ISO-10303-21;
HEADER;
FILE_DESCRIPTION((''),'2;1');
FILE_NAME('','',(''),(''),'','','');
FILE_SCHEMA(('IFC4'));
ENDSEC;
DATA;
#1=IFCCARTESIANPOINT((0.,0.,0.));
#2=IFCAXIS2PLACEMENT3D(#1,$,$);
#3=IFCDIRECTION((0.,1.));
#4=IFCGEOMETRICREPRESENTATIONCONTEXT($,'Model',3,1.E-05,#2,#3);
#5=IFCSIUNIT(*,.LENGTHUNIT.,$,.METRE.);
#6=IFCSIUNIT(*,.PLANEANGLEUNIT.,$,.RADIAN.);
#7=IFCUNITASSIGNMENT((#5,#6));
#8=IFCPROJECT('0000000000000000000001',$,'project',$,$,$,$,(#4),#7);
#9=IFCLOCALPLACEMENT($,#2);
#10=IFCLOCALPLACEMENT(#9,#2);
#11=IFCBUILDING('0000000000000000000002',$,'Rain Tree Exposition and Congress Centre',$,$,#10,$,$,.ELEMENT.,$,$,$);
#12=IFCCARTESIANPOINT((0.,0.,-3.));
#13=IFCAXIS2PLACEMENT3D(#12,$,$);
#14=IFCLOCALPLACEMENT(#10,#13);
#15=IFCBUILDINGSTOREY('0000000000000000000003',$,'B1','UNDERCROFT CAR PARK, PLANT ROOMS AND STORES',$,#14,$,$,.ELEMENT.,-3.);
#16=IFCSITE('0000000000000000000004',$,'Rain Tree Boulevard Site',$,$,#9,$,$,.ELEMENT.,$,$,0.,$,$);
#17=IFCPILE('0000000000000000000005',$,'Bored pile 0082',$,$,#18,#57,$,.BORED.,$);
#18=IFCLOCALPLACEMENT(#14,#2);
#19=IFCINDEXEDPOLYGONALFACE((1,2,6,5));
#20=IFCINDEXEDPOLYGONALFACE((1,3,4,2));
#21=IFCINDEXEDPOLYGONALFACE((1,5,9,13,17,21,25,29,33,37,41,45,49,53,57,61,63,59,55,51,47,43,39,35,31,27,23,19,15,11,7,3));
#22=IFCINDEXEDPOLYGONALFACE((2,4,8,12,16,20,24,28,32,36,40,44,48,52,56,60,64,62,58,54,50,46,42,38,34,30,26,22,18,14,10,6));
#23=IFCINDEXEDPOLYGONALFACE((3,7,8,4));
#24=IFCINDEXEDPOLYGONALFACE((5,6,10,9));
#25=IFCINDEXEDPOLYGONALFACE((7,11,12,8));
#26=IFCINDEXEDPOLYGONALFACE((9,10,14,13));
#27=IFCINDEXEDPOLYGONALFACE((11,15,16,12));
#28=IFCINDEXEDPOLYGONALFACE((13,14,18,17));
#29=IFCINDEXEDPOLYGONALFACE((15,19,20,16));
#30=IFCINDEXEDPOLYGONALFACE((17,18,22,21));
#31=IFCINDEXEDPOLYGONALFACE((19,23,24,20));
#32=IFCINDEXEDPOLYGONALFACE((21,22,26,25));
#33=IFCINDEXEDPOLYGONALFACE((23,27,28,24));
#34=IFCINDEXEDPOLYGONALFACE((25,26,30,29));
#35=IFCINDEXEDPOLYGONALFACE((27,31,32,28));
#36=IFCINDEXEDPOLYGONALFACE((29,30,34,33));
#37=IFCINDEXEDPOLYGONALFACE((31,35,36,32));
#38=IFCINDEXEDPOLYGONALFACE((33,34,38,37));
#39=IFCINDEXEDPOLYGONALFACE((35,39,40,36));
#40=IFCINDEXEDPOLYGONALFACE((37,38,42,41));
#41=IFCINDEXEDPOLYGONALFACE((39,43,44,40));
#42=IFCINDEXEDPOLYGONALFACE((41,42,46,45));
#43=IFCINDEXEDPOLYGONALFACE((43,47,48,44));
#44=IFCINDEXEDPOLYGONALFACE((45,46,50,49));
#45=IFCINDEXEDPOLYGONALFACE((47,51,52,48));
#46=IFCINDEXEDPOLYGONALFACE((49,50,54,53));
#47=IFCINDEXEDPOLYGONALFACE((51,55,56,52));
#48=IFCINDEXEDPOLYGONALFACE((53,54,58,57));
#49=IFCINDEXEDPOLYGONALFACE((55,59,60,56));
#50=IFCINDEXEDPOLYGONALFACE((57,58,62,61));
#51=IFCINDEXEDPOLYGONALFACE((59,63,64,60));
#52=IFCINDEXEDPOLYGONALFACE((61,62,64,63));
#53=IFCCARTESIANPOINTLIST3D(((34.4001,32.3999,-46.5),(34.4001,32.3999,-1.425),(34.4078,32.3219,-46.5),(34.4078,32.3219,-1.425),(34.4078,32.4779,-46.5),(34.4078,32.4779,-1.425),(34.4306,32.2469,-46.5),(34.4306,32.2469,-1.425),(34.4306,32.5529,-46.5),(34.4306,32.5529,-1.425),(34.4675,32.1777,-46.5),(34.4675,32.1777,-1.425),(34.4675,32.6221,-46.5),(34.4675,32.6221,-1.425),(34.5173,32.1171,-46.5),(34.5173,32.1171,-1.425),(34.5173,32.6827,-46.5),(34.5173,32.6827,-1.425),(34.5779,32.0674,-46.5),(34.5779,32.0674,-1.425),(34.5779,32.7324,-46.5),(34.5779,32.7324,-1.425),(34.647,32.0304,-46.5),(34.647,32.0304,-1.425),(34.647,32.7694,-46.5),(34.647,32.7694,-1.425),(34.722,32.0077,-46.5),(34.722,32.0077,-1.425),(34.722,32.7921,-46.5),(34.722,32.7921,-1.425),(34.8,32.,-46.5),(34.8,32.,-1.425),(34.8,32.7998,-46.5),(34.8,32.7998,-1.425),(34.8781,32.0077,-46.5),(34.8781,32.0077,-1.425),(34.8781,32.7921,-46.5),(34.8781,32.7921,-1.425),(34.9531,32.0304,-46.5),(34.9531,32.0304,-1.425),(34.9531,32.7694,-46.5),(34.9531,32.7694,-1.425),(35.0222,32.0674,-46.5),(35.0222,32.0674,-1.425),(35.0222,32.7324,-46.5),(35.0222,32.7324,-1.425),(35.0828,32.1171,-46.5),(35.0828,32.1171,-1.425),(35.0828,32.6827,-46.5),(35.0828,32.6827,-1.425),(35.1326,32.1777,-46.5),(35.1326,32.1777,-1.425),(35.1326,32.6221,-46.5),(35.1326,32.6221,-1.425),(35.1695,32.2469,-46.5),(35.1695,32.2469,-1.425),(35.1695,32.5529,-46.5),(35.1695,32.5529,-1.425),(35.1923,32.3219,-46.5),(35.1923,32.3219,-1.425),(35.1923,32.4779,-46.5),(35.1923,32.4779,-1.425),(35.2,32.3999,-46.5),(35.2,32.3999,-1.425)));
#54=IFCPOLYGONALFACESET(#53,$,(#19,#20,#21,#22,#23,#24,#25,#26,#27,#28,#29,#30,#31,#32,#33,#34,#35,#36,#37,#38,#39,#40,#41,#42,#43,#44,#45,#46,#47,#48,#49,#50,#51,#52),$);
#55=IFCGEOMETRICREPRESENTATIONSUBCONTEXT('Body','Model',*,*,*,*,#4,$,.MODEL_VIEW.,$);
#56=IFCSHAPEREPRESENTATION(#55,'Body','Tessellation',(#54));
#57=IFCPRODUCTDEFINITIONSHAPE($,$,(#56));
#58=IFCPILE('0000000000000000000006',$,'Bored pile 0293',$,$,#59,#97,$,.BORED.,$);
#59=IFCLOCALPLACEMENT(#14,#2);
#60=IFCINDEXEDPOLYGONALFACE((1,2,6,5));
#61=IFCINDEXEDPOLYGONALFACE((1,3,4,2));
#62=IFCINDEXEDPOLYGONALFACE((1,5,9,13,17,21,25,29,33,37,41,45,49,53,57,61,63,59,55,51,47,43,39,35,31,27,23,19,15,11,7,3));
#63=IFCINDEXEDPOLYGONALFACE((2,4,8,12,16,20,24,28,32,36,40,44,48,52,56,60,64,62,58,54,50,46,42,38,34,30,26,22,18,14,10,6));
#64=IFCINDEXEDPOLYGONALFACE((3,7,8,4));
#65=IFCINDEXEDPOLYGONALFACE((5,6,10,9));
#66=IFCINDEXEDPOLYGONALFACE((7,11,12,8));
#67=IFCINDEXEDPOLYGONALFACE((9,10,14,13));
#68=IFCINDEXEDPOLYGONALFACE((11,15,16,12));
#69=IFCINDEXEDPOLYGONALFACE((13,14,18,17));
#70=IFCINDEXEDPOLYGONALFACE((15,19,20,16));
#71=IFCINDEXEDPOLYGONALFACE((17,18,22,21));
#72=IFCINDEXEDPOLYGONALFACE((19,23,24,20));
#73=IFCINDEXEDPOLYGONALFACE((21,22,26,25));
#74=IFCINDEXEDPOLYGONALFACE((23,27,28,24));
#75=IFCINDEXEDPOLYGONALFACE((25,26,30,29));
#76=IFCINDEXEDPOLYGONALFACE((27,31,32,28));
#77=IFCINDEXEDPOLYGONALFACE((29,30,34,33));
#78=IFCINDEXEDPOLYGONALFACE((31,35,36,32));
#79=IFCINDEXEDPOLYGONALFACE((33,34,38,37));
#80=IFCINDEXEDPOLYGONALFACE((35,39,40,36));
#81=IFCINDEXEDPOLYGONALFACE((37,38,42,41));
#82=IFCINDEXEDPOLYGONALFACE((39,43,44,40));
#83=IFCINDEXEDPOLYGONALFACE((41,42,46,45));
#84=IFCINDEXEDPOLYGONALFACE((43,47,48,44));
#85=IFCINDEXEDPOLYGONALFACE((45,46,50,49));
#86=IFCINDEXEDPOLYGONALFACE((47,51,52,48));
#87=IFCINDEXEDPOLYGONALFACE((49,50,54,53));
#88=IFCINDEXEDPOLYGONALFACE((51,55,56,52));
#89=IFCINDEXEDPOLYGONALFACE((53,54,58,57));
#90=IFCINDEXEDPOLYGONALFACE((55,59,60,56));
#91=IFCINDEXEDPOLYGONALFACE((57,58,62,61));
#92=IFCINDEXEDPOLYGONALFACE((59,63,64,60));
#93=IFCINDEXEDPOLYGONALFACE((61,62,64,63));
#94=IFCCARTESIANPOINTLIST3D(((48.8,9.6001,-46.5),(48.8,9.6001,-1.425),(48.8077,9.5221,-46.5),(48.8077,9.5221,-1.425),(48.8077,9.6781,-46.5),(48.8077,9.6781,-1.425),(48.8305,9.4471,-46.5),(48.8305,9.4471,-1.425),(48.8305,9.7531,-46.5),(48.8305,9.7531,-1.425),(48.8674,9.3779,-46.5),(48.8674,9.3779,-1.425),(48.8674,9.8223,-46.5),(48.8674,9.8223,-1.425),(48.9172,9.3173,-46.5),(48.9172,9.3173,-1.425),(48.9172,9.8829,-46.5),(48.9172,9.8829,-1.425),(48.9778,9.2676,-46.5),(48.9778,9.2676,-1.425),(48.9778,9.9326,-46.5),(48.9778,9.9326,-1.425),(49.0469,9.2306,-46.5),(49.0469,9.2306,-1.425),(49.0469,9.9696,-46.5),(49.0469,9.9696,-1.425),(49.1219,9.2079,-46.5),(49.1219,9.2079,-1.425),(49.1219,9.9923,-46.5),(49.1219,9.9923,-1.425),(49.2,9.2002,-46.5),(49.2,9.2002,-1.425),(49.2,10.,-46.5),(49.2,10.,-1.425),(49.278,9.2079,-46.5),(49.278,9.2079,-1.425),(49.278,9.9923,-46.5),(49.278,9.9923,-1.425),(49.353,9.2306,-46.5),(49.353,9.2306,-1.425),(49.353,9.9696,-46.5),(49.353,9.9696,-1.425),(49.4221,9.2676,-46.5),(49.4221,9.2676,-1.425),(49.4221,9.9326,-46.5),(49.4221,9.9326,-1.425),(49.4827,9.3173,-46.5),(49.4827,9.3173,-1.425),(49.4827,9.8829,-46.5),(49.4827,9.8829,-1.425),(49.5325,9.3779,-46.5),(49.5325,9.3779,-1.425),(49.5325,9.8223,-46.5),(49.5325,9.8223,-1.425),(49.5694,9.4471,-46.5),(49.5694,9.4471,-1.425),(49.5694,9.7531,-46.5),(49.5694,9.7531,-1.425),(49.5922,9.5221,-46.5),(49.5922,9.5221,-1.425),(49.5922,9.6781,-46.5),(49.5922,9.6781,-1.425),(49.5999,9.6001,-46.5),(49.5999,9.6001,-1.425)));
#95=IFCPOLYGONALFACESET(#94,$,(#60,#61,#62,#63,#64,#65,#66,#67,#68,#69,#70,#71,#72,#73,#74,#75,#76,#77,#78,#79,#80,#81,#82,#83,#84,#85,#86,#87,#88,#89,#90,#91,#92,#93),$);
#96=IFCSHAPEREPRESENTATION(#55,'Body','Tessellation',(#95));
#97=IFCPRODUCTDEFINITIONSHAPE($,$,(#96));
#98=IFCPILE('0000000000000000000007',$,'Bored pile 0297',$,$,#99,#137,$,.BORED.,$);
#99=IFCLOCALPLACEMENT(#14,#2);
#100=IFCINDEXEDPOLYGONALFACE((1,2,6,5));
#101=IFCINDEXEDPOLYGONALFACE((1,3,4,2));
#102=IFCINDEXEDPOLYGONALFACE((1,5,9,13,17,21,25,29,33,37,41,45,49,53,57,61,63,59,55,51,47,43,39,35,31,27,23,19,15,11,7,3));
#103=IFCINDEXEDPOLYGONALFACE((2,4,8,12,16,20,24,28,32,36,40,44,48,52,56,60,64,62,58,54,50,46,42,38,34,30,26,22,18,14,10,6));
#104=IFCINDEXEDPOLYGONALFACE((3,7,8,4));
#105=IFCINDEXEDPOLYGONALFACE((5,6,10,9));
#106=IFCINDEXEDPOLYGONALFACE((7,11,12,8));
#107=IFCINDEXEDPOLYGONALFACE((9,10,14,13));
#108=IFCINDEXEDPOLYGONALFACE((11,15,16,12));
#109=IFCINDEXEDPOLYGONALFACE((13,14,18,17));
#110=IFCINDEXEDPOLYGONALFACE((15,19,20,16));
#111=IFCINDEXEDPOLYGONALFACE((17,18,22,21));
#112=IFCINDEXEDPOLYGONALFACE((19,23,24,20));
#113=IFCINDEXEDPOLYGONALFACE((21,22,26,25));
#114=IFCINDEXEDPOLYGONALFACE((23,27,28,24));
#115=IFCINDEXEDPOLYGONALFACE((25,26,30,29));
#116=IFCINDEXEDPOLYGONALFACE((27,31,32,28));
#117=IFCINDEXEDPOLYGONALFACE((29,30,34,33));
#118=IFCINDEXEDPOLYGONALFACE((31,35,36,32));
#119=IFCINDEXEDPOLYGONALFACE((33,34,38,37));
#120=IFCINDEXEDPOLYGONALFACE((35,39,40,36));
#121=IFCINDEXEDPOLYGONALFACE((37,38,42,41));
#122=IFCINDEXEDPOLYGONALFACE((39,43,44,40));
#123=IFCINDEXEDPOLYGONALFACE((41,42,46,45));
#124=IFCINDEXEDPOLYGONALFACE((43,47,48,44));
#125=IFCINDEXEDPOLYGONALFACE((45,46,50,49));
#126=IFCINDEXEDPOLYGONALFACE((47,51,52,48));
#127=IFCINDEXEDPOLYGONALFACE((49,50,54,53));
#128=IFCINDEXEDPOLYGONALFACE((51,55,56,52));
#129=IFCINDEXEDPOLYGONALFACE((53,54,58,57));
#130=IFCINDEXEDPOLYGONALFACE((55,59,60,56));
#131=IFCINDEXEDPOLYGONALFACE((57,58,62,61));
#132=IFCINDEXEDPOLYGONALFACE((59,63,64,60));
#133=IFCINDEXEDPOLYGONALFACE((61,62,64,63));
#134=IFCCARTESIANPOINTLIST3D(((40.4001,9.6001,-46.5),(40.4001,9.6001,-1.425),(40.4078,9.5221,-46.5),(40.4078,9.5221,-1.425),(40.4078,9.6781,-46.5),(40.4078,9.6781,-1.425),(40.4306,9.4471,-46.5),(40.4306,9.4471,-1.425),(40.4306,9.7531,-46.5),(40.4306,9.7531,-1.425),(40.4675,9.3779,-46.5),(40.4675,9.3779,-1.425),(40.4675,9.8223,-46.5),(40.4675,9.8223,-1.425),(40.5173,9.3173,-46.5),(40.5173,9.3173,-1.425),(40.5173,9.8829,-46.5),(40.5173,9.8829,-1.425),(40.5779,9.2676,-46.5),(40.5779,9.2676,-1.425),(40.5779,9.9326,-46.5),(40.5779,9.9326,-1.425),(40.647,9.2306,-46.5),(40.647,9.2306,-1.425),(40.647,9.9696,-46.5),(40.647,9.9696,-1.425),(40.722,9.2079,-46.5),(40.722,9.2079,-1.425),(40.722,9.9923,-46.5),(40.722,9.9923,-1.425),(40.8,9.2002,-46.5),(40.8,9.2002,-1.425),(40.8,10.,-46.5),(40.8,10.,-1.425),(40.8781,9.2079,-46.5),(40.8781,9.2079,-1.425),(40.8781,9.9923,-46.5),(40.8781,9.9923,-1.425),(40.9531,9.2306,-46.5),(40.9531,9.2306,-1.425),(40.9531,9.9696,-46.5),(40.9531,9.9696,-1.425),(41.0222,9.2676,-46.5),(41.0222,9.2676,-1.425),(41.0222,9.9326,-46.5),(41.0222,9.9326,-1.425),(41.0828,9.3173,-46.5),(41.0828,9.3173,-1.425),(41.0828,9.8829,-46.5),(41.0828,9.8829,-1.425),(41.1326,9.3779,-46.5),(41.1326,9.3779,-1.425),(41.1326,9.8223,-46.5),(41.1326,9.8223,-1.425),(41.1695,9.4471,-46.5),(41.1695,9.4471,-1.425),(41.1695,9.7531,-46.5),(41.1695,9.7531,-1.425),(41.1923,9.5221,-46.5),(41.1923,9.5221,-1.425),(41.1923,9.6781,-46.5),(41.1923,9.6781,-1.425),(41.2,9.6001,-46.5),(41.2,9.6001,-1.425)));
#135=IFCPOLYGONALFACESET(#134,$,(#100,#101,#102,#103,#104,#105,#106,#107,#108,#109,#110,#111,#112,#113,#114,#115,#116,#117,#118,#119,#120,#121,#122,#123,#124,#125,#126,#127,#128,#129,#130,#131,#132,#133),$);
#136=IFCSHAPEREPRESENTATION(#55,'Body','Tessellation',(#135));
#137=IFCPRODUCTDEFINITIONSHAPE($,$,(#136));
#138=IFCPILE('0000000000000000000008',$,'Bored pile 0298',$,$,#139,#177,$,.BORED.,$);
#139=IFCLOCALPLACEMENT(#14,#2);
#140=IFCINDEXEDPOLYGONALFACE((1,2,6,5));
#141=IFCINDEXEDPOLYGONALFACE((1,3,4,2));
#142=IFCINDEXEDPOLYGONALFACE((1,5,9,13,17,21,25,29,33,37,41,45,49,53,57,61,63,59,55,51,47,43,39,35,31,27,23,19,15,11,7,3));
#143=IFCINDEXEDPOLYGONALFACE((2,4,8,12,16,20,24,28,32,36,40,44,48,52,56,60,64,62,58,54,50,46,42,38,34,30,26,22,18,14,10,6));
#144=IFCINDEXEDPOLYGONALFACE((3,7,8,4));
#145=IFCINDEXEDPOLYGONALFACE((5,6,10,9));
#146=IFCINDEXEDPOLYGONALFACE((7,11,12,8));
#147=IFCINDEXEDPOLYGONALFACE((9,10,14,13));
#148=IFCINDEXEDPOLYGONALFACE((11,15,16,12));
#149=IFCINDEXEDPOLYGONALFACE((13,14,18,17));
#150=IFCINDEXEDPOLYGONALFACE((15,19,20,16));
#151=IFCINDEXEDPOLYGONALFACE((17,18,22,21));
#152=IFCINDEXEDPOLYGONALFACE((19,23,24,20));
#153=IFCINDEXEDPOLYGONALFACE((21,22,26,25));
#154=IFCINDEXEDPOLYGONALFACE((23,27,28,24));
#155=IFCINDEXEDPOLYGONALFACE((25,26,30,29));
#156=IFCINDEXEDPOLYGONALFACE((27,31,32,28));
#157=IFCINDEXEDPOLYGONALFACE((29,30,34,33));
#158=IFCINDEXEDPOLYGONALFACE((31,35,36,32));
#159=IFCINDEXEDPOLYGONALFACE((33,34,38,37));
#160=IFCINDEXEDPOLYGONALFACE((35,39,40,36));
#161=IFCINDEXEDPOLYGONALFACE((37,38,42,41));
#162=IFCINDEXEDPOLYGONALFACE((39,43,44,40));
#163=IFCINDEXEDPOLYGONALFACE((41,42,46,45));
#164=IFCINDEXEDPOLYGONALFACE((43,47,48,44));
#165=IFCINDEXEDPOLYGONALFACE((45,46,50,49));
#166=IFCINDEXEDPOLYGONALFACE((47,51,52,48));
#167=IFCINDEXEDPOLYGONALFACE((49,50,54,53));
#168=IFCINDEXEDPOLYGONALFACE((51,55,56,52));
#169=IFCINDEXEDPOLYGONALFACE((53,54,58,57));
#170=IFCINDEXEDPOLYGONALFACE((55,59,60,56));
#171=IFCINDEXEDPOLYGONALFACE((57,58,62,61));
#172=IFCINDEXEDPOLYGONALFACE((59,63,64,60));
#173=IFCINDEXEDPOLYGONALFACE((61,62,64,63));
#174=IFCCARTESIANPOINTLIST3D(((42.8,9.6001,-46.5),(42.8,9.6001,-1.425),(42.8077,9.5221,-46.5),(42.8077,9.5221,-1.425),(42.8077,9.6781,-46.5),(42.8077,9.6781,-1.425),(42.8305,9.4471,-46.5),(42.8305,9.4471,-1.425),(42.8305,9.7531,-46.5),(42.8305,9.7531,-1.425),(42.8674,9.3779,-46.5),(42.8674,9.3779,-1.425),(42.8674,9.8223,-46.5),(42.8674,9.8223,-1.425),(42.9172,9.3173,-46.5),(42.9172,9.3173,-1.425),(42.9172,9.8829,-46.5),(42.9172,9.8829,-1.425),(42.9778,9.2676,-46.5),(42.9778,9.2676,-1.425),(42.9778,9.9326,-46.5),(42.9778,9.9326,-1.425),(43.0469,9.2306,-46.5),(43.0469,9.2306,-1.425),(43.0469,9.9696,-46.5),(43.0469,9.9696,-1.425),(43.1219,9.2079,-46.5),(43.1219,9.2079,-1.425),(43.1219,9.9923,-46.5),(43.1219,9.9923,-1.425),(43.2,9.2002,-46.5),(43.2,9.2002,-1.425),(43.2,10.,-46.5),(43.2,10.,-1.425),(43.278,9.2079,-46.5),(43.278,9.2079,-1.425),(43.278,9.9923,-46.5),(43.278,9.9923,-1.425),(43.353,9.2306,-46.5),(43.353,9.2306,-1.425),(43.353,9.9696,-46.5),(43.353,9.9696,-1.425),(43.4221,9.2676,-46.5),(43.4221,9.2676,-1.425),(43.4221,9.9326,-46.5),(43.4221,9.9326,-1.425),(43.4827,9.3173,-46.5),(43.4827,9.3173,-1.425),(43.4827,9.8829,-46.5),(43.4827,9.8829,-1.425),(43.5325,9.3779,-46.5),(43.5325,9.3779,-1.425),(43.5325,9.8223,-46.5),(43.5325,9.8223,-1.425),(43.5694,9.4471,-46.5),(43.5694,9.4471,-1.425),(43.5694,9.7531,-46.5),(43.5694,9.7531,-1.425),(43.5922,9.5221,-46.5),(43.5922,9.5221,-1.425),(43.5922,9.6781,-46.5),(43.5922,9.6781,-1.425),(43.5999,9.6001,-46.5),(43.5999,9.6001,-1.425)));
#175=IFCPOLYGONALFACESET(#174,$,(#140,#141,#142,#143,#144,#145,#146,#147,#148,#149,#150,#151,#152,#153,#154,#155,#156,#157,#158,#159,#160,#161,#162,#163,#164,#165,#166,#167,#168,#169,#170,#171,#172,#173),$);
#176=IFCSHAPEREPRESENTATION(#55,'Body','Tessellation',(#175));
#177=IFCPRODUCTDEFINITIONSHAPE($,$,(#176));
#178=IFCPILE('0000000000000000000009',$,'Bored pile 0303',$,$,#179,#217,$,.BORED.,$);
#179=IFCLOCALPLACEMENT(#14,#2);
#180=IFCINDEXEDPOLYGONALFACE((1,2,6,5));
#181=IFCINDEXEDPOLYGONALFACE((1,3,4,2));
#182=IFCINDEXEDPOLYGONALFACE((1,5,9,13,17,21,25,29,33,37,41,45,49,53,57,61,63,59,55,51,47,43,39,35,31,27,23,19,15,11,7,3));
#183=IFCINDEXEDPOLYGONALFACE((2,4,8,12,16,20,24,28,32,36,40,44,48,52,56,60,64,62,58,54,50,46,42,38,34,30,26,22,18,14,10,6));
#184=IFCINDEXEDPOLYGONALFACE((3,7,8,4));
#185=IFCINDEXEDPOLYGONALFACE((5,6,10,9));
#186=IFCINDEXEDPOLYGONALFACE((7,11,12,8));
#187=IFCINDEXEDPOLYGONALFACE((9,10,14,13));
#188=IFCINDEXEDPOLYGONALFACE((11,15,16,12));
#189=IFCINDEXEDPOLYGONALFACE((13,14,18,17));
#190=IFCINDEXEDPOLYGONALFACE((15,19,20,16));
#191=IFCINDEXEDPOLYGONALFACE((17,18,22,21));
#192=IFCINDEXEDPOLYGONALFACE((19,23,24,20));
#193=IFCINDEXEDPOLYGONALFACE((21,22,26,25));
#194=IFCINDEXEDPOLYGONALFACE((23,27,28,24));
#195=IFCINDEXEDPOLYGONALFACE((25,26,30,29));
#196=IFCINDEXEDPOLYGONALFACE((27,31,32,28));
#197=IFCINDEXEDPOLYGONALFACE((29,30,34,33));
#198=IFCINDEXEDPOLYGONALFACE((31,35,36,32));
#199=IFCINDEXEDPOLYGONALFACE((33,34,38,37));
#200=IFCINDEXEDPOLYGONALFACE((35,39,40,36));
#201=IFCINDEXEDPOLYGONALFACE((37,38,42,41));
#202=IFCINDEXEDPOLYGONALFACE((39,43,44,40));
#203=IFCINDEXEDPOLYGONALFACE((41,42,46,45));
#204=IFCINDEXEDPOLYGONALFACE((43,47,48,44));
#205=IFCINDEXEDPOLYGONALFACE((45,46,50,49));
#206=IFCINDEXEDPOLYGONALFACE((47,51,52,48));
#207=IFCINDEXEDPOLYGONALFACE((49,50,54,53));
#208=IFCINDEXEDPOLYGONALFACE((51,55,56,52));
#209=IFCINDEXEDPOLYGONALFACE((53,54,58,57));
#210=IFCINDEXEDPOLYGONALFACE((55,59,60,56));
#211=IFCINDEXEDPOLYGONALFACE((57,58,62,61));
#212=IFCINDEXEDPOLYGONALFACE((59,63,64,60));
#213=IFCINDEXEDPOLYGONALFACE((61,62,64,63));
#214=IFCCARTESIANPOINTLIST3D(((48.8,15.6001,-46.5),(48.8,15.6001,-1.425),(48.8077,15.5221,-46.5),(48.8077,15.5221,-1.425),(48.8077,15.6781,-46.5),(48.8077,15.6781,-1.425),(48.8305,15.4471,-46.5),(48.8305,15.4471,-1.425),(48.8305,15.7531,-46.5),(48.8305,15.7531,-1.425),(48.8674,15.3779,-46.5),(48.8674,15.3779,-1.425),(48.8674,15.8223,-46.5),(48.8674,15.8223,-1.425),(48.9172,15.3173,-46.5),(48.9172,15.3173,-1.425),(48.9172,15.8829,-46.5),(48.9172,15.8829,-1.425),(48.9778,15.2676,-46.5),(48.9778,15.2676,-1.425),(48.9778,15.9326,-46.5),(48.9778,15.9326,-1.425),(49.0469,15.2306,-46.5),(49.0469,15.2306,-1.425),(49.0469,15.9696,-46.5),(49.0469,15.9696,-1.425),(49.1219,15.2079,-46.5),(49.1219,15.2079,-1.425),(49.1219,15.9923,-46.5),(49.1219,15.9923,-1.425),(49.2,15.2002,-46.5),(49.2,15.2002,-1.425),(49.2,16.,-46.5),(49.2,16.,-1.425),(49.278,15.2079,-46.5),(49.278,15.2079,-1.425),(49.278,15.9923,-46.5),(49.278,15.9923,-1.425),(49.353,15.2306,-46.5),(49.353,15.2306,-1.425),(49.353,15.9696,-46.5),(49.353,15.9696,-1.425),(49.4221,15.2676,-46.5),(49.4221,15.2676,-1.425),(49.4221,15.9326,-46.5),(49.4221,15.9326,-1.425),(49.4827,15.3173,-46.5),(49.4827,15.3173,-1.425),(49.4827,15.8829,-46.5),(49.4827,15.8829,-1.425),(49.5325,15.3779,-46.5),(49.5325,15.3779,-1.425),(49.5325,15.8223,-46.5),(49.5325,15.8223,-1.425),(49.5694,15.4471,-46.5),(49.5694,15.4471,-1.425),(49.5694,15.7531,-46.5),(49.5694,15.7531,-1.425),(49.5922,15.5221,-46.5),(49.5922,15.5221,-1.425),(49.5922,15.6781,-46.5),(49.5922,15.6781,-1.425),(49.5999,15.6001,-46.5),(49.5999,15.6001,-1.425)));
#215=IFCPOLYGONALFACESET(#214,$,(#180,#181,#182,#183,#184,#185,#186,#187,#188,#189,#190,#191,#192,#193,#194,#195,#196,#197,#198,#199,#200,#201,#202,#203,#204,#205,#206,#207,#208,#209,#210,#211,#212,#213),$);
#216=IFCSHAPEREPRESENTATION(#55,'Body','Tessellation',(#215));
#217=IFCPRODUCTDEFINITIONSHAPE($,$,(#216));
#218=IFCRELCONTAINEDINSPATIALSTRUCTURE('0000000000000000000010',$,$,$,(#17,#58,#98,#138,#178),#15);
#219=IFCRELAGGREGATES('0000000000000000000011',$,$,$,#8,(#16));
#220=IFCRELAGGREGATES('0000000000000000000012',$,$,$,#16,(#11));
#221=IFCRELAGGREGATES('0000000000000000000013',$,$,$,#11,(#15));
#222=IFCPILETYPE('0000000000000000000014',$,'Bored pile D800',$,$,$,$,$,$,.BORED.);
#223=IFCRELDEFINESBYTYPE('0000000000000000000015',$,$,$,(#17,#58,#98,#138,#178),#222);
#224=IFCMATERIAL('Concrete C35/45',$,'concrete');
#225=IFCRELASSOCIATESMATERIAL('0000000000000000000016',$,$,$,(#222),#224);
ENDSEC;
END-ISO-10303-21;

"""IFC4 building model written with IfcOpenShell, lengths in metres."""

from ifc_helpers import new_model, si_unit, direction, frame, origin, origin_2d, place, context, subcontext, project, spatial, circle, extrude, material, material_profile, profile_set, type_object, element, save


model = new_model("IFC4")

# Units and contexts
model_context = context("Model", 3, precision=1e-05, world=origin(), true_north=direction((0.0, 1.0)))
body_context = subcontext(model_context, "Body", "Model", "MODEL_VIEW")
ifc_project = project(units=[si_unit("LENGTHUNIT", "METRE"), si_unit("PLANEANGLEUNIT", "RADIAN")], contexts=[model_context])

# Site, building, storey
site_placement = place(None, origin())
site = spatial("IfcSite", under=ifc_project, at=site_placement, Name="Rain Tree Boulevard Site", CompositionType="ELEMENT", RefElevation=0.0)
building_placement = place(site_placement, origin())
building = spatial("IfcBuilding", under=site, at=building_placement, Name="Rain Tree Exposition and Congress Centre", CompositionType="ELEMENT")
storey_placement = place(building_placement, frame((0.0, 0.0, -3.0)))
storey = spatial("IfcBuildingStorey", under=building, at=storey_placement, Name="B1", Description="UNDERCROFT CAR PARK, PLANT ROOMS AND STORES", CompositionType="ELEMENT", Elevation=-3.0)

# Piles
ifc_material_1 = material(Name="Concrete C35/45", Category="concrete")
ifc_material_profile_1 = material_profile(ifc_material_1, circle(Radius=0.3999, at=origin_2d()), Name="D800")
ifc_profile_set_1 = profile_set([ifc_material_profile_1], Name="Concrete C35/45")
pile_type = type_object("IfcPileType", Name="Bored pile D800", PredefinedType="BORED", material=ifc_profile_set_1)
for number, where, z_axis, x_axis, name in (
    (1, (34.8, 32.3999, -1.425), (0.0, 0.0, -1.0), (1.0, 0.0, 0.0), "Bored pile 0082"),
    (2, (49.2, 9.6001, -1.425), (0.0, 0.0, -1.0), (1.0, 0.0, 0.0), "Bored pile 0293"),
    (3, (40.8, 9.6001, -1.425), (0.0, 0.0, -1.0), (1.0, 0.0, 0.0), "Bored pile 0297"),
    (4, (43.2, 9.6001, -1.425), (0.0, 0.0, -1.0), (1.0, 0.0, 0.0), "Bored pile 0298"),
    (5, (49.2, 15.6001, -1.425), (0.0, 0.0, -1.0), (1.0, 0.0, 0.0), "Bored pile 0303"),
):
    element("IfcPile", number, at=place(storey_placement, frame(where, z_axis=z_axis, x_axis=x_axis)), inside=storey, type_object=pile_type, Name=name, PredefinedType="BORED", context=body_context, shape_type="SweptSolid", body=[
        extrude(circle(Radius=0.3999, at=origin_2d()), origin(), (0.0, 0.0, 1.0), 45.075),
    ])

save(model, "model.ifc")
